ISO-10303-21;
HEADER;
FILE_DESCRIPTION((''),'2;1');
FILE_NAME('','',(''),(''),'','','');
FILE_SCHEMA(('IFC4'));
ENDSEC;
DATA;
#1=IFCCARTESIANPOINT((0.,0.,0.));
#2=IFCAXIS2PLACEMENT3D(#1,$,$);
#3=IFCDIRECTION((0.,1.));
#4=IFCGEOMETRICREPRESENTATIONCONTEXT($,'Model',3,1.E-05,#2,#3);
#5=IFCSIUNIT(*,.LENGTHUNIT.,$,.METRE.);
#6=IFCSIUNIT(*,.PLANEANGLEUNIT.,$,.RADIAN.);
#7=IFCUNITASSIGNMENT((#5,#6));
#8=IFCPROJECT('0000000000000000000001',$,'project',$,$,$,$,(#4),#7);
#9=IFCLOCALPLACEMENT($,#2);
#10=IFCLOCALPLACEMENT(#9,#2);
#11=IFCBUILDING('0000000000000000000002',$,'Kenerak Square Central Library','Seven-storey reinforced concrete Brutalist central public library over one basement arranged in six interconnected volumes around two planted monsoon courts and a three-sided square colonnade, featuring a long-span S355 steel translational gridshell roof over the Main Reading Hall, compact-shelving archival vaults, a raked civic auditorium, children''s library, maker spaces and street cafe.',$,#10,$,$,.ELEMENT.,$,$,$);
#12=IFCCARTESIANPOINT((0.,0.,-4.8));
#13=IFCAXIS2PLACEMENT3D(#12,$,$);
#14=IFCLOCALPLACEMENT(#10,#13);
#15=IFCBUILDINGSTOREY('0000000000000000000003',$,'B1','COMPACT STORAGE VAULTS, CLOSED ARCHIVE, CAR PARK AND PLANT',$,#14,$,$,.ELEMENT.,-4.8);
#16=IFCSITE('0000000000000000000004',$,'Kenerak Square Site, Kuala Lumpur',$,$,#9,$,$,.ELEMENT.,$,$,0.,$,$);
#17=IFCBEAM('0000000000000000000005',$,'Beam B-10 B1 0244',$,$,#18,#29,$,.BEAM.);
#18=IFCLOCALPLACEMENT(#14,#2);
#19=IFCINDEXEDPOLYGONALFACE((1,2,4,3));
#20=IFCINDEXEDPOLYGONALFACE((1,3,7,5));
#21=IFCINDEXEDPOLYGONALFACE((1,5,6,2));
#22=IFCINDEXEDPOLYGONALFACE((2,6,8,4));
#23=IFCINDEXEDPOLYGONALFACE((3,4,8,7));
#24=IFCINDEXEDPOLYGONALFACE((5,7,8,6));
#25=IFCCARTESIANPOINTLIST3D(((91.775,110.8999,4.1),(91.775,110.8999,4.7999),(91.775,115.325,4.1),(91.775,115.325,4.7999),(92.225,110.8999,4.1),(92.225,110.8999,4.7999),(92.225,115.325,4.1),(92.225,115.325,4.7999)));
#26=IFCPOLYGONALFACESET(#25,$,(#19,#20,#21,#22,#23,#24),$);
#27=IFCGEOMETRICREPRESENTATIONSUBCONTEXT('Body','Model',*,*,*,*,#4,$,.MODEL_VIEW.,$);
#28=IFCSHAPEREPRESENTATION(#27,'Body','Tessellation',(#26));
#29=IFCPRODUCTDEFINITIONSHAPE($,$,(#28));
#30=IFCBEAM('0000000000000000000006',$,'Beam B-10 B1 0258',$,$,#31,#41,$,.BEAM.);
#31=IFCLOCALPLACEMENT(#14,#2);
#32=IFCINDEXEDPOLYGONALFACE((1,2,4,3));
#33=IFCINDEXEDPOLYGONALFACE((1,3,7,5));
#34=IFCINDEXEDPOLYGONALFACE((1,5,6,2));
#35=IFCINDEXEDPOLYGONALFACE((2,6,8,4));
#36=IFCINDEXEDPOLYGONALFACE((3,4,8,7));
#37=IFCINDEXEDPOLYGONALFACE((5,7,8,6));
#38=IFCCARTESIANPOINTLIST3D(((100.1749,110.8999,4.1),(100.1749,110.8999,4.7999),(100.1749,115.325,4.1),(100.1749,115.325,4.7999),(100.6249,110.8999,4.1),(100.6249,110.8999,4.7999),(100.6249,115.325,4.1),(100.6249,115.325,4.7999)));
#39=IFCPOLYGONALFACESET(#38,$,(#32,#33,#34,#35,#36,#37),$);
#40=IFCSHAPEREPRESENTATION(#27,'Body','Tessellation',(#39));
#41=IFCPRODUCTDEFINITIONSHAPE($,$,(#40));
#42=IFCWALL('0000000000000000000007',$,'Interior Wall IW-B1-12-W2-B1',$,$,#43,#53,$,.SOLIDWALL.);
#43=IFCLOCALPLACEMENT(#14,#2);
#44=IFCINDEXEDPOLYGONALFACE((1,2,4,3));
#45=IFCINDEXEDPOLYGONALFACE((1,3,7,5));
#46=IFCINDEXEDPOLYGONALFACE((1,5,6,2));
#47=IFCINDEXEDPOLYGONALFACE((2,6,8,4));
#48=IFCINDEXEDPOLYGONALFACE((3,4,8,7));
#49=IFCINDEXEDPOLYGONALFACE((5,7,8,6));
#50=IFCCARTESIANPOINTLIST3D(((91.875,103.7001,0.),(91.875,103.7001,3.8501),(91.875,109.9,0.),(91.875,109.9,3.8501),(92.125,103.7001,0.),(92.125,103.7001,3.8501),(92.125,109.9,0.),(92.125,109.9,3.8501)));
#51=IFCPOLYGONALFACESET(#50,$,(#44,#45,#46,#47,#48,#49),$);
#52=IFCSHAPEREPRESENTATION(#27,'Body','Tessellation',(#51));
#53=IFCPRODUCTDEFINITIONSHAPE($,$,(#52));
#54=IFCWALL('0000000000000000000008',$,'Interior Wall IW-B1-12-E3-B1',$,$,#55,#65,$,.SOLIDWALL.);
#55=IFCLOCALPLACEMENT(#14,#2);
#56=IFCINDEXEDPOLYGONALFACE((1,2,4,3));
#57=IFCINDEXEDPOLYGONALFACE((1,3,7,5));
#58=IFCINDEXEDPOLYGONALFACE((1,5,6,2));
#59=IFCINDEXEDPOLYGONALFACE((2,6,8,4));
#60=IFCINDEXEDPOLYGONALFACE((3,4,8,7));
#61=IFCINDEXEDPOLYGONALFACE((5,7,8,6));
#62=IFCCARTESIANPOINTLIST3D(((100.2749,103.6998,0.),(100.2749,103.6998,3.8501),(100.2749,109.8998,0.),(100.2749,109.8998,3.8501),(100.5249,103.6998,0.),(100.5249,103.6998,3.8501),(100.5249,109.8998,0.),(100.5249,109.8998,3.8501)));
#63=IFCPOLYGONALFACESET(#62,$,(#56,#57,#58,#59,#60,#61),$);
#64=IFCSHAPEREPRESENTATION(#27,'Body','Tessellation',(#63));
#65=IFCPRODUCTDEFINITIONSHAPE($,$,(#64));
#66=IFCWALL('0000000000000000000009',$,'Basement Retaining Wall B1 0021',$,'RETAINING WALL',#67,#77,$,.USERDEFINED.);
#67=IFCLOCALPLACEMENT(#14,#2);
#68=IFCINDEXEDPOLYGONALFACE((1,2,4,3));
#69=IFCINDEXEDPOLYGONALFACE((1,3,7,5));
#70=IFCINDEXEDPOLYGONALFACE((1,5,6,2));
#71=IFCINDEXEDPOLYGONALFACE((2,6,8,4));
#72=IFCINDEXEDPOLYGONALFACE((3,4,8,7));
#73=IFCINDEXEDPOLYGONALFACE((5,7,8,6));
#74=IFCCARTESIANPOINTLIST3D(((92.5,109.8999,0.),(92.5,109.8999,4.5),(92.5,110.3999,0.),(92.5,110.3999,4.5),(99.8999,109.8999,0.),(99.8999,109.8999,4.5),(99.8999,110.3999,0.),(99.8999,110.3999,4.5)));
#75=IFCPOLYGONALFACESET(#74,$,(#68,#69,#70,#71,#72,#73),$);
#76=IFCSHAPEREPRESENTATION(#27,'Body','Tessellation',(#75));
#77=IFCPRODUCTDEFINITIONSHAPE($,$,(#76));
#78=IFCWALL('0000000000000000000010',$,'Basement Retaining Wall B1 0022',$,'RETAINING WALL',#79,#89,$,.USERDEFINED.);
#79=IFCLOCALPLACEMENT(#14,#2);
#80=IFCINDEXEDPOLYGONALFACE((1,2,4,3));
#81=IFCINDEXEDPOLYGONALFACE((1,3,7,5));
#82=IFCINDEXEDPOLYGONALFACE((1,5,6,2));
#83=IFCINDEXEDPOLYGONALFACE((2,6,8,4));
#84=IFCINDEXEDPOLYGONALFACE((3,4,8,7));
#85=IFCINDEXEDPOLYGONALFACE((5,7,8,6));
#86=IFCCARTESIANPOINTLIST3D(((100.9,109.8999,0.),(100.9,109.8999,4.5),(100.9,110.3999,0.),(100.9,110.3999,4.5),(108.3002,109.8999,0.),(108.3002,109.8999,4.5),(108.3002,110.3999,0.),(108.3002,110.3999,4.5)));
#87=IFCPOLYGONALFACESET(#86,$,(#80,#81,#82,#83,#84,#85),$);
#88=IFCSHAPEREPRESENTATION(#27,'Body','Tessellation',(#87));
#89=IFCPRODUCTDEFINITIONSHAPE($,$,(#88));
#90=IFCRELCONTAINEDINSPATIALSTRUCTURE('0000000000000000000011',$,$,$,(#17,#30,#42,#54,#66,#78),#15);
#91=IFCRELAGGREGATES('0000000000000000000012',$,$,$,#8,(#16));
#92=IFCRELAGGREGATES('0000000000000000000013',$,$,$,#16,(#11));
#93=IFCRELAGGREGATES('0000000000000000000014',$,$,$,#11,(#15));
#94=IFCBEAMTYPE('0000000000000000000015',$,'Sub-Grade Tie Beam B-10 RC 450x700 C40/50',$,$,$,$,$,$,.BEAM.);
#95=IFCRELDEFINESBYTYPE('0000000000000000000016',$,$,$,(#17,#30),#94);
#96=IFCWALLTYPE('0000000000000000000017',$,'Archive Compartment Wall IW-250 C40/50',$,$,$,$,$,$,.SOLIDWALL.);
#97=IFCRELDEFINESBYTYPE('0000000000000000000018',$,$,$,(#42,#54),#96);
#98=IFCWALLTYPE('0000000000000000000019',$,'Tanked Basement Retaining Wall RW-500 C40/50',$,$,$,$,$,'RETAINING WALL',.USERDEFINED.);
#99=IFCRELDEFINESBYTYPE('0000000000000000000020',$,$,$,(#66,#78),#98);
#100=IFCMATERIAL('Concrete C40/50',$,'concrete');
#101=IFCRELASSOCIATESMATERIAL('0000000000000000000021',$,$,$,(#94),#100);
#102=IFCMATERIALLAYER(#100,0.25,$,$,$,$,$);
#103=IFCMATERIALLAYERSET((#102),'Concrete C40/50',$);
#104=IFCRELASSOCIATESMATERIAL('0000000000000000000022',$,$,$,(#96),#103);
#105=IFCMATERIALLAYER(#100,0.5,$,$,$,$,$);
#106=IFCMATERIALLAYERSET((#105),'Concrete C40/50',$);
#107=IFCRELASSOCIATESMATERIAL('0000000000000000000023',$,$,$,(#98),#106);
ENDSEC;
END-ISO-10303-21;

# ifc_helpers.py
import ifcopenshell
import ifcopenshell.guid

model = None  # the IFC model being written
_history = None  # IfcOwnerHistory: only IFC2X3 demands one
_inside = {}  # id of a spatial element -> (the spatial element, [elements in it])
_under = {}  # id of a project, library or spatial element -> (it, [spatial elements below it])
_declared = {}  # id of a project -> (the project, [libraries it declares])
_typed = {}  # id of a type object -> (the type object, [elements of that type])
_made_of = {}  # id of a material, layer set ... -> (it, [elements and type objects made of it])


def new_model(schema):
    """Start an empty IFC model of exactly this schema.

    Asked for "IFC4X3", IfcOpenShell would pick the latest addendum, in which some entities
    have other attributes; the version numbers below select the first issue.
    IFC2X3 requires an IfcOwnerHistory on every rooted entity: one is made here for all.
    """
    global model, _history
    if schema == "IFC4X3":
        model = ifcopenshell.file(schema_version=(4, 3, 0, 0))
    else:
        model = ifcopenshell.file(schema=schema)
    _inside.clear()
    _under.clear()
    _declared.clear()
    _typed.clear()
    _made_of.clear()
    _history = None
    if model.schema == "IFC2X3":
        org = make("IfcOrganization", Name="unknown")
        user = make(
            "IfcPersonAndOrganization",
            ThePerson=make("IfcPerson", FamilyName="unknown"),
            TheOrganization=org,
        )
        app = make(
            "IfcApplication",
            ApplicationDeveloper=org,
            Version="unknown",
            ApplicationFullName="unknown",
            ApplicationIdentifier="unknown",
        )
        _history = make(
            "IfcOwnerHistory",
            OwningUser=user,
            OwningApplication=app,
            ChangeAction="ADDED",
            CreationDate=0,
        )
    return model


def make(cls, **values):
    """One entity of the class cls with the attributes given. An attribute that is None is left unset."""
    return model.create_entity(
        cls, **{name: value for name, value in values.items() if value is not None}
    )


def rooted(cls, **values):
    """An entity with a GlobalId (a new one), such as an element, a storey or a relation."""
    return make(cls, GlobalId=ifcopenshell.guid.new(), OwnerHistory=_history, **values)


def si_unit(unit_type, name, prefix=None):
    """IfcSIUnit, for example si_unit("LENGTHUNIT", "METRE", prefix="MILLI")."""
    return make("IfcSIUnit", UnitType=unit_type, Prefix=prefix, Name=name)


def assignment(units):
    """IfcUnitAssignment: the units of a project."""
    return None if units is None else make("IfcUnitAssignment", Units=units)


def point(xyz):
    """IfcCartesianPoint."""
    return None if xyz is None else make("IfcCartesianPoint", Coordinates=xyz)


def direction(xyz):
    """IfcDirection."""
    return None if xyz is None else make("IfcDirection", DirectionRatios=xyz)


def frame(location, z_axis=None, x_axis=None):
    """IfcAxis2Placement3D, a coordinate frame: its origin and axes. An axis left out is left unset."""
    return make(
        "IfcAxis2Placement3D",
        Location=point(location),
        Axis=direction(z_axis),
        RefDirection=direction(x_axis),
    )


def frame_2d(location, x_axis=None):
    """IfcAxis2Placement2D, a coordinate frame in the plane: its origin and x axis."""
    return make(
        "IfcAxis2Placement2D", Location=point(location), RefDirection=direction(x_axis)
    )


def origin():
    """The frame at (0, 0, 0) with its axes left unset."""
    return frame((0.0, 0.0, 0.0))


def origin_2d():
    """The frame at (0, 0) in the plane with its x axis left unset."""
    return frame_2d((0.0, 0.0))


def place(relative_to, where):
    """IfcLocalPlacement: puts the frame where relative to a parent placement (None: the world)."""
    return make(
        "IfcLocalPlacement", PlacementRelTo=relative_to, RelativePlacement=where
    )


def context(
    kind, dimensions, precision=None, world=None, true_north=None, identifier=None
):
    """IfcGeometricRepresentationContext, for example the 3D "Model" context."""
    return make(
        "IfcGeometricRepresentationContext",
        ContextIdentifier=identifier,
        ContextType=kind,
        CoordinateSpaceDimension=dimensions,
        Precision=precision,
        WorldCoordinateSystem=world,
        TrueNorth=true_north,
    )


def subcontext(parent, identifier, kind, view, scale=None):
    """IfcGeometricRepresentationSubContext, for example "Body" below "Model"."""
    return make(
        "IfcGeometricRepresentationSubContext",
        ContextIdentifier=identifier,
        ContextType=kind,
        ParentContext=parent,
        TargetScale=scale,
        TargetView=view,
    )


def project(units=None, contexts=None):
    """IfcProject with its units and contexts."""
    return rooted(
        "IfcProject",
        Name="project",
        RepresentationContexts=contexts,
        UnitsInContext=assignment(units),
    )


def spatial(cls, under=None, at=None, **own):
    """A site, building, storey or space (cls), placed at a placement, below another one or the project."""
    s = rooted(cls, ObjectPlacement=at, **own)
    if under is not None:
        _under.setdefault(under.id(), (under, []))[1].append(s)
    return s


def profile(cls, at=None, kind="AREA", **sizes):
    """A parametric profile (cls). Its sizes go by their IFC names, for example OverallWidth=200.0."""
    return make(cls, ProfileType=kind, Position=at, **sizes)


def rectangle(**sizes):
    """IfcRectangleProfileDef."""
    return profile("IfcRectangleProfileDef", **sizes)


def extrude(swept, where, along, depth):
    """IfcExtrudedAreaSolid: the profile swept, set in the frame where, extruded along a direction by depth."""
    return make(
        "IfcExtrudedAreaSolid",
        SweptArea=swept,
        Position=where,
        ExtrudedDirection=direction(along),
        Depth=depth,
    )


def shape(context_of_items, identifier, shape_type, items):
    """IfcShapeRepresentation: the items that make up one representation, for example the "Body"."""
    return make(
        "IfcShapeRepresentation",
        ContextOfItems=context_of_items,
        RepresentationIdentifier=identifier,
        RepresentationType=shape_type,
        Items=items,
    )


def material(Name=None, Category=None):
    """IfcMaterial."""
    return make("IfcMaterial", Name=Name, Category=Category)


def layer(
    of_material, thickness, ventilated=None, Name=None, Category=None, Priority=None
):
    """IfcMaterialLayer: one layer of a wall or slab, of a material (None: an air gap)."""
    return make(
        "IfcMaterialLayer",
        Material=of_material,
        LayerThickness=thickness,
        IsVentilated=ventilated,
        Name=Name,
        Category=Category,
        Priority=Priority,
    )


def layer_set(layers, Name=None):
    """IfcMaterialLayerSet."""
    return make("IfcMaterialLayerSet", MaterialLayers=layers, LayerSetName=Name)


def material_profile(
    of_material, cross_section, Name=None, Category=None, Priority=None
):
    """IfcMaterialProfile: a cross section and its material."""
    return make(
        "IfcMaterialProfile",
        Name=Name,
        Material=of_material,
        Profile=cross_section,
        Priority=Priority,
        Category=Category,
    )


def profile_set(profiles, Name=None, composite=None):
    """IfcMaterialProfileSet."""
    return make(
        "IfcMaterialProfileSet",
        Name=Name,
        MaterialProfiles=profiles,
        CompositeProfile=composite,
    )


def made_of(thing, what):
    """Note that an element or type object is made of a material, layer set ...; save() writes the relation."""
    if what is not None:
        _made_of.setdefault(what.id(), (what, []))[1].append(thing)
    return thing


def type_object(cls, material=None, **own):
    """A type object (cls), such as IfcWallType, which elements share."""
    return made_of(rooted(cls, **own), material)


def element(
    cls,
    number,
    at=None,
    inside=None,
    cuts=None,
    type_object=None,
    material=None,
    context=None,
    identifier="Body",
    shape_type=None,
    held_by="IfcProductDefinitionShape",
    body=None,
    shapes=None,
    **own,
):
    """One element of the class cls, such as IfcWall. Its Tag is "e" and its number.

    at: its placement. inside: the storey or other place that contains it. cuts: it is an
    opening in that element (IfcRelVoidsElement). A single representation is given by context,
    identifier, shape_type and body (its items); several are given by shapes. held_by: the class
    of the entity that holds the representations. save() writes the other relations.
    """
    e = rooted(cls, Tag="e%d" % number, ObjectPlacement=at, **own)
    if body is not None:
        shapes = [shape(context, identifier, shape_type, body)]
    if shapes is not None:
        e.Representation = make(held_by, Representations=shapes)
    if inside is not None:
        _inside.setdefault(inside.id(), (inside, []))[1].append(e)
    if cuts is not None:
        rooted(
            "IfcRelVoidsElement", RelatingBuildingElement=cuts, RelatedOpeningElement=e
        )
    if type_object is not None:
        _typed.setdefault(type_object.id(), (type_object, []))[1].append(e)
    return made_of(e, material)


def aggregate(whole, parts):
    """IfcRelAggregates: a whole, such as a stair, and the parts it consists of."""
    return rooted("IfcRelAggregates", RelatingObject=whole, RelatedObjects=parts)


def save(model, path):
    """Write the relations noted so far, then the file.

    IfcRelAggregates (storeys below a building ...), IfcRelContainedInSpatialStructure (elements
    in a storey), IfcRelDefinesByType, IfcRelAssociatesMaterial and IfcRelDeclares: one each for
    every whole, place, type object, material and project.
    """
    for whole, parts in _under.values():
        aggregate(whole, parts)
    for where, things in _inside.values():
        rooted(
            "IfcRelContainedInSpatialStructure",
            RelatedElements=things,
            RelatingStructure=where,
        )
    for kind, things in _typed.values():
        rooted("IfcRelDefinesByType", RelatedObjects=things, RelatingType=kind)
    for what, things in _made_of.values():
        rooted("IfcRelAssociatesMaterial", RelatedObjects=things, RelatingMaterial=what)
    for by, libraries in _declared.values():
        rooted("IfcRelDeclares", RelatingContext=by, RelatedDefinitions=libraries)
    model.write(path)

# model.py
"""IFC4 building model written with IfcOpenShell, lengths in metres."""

from ifc_helpers import new_model, si_unit, direction, frame, frame_2d, origin, origin_2d, place, context, subcontext, project, spatial, rectangle, extrude, material, layer, layer_set, material_profile, profile_set, type_object, element, save


model = new_model("IFC4")

# Units and contexts
model_context = context("Model", 3, precision=1e-05, world=origin(), true_north=direction((0.0, 1.0)))
body_context = subcontext(model_context, "Body", "Model", "MODEL_VIEW")
ifc_project = project(units=[si_unit("LENGTHUNIT", "METRE"), si_unit("PLANEANGLEUNIT", "RADIAN")], contexts=[model_context])

# Site, building, storey
site_placement = place(None, origin())
site = spatial("IfcSite", under=ifc_project, at=site_placement, Name="Kenerak Square Site, Kuala Lumpur", CompositionType="ELEMENT", RefElevation=0.0)
building_placement = place(site_placement, origin())
building = spatial("IfcBuilding", under=site, at=building_placement, Name="Kenerak Square Central Library", Description="Seven-storey reinforced concrete Brutalist central public library over one basement arranged in six interconnected volumes around two planted monsoon courts and a three-sided square colonnade, featuring a long-span S355 steel translational gridshell roof over the Main Reading Hall, compact-shelving archival vaults, a raked civic auditorium, children's library, maker spaces and street cafe.", CompositionType="ELEMENT")
storey_placement = place(building_placement, frame((0.0, 0.0, -4.8)))
storey = spatial("IfcBuildingStorey", under=building, at=storey_placement, Name="B1", Description="COMPACT STORAGE VAULTS, CLOSED ARCHIVE, CAR PARK AND PLANT", CompositionType="ELEMENT", Elevation=-4.8)

# Shared definitions
ifc_material_1 = material(Name="Concrete C40/50", Category="concrete")

# Beams
ifc_material_profile_1 = material_profile(ifc_material_1, rectangle(XDim=0.45, YDim=0.7, at=origin_2d()), Name="RC 450x700")
ifc_profile_set_1 = profile_set([ifc_material_profile_1], Name="Concrete C40/50")
beam_type_1 = type_object("IfcBeamType", Name="Sub-Grade Tie Beam B-10 RC 450x700 C40/50", PredefinedType="BEAM", material=ifc_profile_set_1)
for number, where, z_axis, x_axis, name in (
    (1, (92.0, 110.8999, 4.45), (0.0, 1.0, 0.0), (-1.0, 0.0, 0.0), "Beam B-10 B1 0244"),
    (2, (100.3999, 110.8999, 4.45), (0.0, 1.0, 0.0), (-1.0, 0.0, 0.0), "Beam B-10 B1 0258"),
):
    element("IfcBeam", number, at=place(storey_placement, frame(where, z_axis=z_axis, x_axis=x_axis)), inside=storey, type_object=beam_type_1, Name=name, PredefinedType="BEAM", context=body_context, shape_type="SweptSolid", body=[
        extrude(rectangle(XDim=0.45, YDim=0.7, at=origin_2d()), origin(), (0.0, 0.0, 1.0), 4.425),
    ])

# Walls
ifc_layer_1 = layer(ifc_material_1, 0.25)
ifc_layer_set_1 = layer_set([ifc_layer_1], Name="Concrete C40/50")
wall_type_1 = type_object("IfcWallType", Name="Archive Compartment Wall IW-250 C40/50", PredefinedType="SOLIDWALL", material=ifc_layer_set_1)
for number, where, z_axis, x_axis, name in (
    (3, (92.0, 103.7, 0.0), (0.0, 0.0, 1.0), (0.0, 1.0, 0.0), "Interior Wall IW-B1-12-W2-B1"),
    (4, (100.3999, 109.8999, 0.0), (0.0, 0.0, 1.0), (0.0, -1.0, 0.0), "Interior Wall IW-B1-12-E3-B1"),
):
    element("IfcWall", number, at=place(storey_placement, frame(where, z_axis=z_axis, x_axis=x_axis)), inside=storey, type_object=wall_type_1, Name=name, PredefinedType="SOLIDWALL", context=body_context, shape_type="SweptSolid", body=[
        extrude(rectangle(XDim=6.2, YDim=0.25, at=frame_2d((3.1001, 0.0))), origin(), (0.0, 0.0, 1.0), 3.8501),
    ])
ifc_layer_2 = layer(ifc_material_1, 0.5)
ifc_layer_set_2 = layer_set([ifc_layer_2], Name="Concrete C40/50")
wall_type_2 = type_object("IfcWallType", Name="Tanked Basement Retaining Wall RW-500 C40/50", ElementType="RETAINING WALL", PredefinedType="USERDEFINED", material=ifc_layer_set_2)
wall_1_placement = place(storey_placement, frame((92.5, 110.1499, 0.0), z_axis=(0.0, 0.0, 1.0), x_axis=(1.0, 0.0, 0.0)))
element("IfcWall", 5, at=wall_1_placement, inside=storey, type_object=wall_type_2, Name="Basement Retaining Wall B1 0021", ObjectType="RETAINING WALL", PredefinedType="USERDEFINED", context=body_context, shape_type="SweptSolid", body=[
    extrude(rectangle(XDim=7.3999, YDim=0.5, at=frame_2d((3.7, 0.0))), origin(), (0.0, 0.0, 1.0), 4.5),
])
wall_2_placement = place(storey_placement, frame((100.8999, 110.1499, 0.0), z_axis=(0.0, 0.0, 1.0), x_axis=(1.0, 0.0, 0.0)))
element("IfcWall", 6, at=wall_2_placement, inside=storey, type_object=wall_type_2, Name="Basement Retaining Wall B1 0022", ObjectType="RETAINING WALL", PredefinedType="USERDEFINED", context=body_context, shape_type="SweptSolid", body=[
    extrude(rectangle(XDim=7.4001, YDim=0.5, at=frame_2d((3.7002, 0.0))), origin(), (0.0, 0.0, 1.0), 4.5),
])

save(model, "model.ifc")
